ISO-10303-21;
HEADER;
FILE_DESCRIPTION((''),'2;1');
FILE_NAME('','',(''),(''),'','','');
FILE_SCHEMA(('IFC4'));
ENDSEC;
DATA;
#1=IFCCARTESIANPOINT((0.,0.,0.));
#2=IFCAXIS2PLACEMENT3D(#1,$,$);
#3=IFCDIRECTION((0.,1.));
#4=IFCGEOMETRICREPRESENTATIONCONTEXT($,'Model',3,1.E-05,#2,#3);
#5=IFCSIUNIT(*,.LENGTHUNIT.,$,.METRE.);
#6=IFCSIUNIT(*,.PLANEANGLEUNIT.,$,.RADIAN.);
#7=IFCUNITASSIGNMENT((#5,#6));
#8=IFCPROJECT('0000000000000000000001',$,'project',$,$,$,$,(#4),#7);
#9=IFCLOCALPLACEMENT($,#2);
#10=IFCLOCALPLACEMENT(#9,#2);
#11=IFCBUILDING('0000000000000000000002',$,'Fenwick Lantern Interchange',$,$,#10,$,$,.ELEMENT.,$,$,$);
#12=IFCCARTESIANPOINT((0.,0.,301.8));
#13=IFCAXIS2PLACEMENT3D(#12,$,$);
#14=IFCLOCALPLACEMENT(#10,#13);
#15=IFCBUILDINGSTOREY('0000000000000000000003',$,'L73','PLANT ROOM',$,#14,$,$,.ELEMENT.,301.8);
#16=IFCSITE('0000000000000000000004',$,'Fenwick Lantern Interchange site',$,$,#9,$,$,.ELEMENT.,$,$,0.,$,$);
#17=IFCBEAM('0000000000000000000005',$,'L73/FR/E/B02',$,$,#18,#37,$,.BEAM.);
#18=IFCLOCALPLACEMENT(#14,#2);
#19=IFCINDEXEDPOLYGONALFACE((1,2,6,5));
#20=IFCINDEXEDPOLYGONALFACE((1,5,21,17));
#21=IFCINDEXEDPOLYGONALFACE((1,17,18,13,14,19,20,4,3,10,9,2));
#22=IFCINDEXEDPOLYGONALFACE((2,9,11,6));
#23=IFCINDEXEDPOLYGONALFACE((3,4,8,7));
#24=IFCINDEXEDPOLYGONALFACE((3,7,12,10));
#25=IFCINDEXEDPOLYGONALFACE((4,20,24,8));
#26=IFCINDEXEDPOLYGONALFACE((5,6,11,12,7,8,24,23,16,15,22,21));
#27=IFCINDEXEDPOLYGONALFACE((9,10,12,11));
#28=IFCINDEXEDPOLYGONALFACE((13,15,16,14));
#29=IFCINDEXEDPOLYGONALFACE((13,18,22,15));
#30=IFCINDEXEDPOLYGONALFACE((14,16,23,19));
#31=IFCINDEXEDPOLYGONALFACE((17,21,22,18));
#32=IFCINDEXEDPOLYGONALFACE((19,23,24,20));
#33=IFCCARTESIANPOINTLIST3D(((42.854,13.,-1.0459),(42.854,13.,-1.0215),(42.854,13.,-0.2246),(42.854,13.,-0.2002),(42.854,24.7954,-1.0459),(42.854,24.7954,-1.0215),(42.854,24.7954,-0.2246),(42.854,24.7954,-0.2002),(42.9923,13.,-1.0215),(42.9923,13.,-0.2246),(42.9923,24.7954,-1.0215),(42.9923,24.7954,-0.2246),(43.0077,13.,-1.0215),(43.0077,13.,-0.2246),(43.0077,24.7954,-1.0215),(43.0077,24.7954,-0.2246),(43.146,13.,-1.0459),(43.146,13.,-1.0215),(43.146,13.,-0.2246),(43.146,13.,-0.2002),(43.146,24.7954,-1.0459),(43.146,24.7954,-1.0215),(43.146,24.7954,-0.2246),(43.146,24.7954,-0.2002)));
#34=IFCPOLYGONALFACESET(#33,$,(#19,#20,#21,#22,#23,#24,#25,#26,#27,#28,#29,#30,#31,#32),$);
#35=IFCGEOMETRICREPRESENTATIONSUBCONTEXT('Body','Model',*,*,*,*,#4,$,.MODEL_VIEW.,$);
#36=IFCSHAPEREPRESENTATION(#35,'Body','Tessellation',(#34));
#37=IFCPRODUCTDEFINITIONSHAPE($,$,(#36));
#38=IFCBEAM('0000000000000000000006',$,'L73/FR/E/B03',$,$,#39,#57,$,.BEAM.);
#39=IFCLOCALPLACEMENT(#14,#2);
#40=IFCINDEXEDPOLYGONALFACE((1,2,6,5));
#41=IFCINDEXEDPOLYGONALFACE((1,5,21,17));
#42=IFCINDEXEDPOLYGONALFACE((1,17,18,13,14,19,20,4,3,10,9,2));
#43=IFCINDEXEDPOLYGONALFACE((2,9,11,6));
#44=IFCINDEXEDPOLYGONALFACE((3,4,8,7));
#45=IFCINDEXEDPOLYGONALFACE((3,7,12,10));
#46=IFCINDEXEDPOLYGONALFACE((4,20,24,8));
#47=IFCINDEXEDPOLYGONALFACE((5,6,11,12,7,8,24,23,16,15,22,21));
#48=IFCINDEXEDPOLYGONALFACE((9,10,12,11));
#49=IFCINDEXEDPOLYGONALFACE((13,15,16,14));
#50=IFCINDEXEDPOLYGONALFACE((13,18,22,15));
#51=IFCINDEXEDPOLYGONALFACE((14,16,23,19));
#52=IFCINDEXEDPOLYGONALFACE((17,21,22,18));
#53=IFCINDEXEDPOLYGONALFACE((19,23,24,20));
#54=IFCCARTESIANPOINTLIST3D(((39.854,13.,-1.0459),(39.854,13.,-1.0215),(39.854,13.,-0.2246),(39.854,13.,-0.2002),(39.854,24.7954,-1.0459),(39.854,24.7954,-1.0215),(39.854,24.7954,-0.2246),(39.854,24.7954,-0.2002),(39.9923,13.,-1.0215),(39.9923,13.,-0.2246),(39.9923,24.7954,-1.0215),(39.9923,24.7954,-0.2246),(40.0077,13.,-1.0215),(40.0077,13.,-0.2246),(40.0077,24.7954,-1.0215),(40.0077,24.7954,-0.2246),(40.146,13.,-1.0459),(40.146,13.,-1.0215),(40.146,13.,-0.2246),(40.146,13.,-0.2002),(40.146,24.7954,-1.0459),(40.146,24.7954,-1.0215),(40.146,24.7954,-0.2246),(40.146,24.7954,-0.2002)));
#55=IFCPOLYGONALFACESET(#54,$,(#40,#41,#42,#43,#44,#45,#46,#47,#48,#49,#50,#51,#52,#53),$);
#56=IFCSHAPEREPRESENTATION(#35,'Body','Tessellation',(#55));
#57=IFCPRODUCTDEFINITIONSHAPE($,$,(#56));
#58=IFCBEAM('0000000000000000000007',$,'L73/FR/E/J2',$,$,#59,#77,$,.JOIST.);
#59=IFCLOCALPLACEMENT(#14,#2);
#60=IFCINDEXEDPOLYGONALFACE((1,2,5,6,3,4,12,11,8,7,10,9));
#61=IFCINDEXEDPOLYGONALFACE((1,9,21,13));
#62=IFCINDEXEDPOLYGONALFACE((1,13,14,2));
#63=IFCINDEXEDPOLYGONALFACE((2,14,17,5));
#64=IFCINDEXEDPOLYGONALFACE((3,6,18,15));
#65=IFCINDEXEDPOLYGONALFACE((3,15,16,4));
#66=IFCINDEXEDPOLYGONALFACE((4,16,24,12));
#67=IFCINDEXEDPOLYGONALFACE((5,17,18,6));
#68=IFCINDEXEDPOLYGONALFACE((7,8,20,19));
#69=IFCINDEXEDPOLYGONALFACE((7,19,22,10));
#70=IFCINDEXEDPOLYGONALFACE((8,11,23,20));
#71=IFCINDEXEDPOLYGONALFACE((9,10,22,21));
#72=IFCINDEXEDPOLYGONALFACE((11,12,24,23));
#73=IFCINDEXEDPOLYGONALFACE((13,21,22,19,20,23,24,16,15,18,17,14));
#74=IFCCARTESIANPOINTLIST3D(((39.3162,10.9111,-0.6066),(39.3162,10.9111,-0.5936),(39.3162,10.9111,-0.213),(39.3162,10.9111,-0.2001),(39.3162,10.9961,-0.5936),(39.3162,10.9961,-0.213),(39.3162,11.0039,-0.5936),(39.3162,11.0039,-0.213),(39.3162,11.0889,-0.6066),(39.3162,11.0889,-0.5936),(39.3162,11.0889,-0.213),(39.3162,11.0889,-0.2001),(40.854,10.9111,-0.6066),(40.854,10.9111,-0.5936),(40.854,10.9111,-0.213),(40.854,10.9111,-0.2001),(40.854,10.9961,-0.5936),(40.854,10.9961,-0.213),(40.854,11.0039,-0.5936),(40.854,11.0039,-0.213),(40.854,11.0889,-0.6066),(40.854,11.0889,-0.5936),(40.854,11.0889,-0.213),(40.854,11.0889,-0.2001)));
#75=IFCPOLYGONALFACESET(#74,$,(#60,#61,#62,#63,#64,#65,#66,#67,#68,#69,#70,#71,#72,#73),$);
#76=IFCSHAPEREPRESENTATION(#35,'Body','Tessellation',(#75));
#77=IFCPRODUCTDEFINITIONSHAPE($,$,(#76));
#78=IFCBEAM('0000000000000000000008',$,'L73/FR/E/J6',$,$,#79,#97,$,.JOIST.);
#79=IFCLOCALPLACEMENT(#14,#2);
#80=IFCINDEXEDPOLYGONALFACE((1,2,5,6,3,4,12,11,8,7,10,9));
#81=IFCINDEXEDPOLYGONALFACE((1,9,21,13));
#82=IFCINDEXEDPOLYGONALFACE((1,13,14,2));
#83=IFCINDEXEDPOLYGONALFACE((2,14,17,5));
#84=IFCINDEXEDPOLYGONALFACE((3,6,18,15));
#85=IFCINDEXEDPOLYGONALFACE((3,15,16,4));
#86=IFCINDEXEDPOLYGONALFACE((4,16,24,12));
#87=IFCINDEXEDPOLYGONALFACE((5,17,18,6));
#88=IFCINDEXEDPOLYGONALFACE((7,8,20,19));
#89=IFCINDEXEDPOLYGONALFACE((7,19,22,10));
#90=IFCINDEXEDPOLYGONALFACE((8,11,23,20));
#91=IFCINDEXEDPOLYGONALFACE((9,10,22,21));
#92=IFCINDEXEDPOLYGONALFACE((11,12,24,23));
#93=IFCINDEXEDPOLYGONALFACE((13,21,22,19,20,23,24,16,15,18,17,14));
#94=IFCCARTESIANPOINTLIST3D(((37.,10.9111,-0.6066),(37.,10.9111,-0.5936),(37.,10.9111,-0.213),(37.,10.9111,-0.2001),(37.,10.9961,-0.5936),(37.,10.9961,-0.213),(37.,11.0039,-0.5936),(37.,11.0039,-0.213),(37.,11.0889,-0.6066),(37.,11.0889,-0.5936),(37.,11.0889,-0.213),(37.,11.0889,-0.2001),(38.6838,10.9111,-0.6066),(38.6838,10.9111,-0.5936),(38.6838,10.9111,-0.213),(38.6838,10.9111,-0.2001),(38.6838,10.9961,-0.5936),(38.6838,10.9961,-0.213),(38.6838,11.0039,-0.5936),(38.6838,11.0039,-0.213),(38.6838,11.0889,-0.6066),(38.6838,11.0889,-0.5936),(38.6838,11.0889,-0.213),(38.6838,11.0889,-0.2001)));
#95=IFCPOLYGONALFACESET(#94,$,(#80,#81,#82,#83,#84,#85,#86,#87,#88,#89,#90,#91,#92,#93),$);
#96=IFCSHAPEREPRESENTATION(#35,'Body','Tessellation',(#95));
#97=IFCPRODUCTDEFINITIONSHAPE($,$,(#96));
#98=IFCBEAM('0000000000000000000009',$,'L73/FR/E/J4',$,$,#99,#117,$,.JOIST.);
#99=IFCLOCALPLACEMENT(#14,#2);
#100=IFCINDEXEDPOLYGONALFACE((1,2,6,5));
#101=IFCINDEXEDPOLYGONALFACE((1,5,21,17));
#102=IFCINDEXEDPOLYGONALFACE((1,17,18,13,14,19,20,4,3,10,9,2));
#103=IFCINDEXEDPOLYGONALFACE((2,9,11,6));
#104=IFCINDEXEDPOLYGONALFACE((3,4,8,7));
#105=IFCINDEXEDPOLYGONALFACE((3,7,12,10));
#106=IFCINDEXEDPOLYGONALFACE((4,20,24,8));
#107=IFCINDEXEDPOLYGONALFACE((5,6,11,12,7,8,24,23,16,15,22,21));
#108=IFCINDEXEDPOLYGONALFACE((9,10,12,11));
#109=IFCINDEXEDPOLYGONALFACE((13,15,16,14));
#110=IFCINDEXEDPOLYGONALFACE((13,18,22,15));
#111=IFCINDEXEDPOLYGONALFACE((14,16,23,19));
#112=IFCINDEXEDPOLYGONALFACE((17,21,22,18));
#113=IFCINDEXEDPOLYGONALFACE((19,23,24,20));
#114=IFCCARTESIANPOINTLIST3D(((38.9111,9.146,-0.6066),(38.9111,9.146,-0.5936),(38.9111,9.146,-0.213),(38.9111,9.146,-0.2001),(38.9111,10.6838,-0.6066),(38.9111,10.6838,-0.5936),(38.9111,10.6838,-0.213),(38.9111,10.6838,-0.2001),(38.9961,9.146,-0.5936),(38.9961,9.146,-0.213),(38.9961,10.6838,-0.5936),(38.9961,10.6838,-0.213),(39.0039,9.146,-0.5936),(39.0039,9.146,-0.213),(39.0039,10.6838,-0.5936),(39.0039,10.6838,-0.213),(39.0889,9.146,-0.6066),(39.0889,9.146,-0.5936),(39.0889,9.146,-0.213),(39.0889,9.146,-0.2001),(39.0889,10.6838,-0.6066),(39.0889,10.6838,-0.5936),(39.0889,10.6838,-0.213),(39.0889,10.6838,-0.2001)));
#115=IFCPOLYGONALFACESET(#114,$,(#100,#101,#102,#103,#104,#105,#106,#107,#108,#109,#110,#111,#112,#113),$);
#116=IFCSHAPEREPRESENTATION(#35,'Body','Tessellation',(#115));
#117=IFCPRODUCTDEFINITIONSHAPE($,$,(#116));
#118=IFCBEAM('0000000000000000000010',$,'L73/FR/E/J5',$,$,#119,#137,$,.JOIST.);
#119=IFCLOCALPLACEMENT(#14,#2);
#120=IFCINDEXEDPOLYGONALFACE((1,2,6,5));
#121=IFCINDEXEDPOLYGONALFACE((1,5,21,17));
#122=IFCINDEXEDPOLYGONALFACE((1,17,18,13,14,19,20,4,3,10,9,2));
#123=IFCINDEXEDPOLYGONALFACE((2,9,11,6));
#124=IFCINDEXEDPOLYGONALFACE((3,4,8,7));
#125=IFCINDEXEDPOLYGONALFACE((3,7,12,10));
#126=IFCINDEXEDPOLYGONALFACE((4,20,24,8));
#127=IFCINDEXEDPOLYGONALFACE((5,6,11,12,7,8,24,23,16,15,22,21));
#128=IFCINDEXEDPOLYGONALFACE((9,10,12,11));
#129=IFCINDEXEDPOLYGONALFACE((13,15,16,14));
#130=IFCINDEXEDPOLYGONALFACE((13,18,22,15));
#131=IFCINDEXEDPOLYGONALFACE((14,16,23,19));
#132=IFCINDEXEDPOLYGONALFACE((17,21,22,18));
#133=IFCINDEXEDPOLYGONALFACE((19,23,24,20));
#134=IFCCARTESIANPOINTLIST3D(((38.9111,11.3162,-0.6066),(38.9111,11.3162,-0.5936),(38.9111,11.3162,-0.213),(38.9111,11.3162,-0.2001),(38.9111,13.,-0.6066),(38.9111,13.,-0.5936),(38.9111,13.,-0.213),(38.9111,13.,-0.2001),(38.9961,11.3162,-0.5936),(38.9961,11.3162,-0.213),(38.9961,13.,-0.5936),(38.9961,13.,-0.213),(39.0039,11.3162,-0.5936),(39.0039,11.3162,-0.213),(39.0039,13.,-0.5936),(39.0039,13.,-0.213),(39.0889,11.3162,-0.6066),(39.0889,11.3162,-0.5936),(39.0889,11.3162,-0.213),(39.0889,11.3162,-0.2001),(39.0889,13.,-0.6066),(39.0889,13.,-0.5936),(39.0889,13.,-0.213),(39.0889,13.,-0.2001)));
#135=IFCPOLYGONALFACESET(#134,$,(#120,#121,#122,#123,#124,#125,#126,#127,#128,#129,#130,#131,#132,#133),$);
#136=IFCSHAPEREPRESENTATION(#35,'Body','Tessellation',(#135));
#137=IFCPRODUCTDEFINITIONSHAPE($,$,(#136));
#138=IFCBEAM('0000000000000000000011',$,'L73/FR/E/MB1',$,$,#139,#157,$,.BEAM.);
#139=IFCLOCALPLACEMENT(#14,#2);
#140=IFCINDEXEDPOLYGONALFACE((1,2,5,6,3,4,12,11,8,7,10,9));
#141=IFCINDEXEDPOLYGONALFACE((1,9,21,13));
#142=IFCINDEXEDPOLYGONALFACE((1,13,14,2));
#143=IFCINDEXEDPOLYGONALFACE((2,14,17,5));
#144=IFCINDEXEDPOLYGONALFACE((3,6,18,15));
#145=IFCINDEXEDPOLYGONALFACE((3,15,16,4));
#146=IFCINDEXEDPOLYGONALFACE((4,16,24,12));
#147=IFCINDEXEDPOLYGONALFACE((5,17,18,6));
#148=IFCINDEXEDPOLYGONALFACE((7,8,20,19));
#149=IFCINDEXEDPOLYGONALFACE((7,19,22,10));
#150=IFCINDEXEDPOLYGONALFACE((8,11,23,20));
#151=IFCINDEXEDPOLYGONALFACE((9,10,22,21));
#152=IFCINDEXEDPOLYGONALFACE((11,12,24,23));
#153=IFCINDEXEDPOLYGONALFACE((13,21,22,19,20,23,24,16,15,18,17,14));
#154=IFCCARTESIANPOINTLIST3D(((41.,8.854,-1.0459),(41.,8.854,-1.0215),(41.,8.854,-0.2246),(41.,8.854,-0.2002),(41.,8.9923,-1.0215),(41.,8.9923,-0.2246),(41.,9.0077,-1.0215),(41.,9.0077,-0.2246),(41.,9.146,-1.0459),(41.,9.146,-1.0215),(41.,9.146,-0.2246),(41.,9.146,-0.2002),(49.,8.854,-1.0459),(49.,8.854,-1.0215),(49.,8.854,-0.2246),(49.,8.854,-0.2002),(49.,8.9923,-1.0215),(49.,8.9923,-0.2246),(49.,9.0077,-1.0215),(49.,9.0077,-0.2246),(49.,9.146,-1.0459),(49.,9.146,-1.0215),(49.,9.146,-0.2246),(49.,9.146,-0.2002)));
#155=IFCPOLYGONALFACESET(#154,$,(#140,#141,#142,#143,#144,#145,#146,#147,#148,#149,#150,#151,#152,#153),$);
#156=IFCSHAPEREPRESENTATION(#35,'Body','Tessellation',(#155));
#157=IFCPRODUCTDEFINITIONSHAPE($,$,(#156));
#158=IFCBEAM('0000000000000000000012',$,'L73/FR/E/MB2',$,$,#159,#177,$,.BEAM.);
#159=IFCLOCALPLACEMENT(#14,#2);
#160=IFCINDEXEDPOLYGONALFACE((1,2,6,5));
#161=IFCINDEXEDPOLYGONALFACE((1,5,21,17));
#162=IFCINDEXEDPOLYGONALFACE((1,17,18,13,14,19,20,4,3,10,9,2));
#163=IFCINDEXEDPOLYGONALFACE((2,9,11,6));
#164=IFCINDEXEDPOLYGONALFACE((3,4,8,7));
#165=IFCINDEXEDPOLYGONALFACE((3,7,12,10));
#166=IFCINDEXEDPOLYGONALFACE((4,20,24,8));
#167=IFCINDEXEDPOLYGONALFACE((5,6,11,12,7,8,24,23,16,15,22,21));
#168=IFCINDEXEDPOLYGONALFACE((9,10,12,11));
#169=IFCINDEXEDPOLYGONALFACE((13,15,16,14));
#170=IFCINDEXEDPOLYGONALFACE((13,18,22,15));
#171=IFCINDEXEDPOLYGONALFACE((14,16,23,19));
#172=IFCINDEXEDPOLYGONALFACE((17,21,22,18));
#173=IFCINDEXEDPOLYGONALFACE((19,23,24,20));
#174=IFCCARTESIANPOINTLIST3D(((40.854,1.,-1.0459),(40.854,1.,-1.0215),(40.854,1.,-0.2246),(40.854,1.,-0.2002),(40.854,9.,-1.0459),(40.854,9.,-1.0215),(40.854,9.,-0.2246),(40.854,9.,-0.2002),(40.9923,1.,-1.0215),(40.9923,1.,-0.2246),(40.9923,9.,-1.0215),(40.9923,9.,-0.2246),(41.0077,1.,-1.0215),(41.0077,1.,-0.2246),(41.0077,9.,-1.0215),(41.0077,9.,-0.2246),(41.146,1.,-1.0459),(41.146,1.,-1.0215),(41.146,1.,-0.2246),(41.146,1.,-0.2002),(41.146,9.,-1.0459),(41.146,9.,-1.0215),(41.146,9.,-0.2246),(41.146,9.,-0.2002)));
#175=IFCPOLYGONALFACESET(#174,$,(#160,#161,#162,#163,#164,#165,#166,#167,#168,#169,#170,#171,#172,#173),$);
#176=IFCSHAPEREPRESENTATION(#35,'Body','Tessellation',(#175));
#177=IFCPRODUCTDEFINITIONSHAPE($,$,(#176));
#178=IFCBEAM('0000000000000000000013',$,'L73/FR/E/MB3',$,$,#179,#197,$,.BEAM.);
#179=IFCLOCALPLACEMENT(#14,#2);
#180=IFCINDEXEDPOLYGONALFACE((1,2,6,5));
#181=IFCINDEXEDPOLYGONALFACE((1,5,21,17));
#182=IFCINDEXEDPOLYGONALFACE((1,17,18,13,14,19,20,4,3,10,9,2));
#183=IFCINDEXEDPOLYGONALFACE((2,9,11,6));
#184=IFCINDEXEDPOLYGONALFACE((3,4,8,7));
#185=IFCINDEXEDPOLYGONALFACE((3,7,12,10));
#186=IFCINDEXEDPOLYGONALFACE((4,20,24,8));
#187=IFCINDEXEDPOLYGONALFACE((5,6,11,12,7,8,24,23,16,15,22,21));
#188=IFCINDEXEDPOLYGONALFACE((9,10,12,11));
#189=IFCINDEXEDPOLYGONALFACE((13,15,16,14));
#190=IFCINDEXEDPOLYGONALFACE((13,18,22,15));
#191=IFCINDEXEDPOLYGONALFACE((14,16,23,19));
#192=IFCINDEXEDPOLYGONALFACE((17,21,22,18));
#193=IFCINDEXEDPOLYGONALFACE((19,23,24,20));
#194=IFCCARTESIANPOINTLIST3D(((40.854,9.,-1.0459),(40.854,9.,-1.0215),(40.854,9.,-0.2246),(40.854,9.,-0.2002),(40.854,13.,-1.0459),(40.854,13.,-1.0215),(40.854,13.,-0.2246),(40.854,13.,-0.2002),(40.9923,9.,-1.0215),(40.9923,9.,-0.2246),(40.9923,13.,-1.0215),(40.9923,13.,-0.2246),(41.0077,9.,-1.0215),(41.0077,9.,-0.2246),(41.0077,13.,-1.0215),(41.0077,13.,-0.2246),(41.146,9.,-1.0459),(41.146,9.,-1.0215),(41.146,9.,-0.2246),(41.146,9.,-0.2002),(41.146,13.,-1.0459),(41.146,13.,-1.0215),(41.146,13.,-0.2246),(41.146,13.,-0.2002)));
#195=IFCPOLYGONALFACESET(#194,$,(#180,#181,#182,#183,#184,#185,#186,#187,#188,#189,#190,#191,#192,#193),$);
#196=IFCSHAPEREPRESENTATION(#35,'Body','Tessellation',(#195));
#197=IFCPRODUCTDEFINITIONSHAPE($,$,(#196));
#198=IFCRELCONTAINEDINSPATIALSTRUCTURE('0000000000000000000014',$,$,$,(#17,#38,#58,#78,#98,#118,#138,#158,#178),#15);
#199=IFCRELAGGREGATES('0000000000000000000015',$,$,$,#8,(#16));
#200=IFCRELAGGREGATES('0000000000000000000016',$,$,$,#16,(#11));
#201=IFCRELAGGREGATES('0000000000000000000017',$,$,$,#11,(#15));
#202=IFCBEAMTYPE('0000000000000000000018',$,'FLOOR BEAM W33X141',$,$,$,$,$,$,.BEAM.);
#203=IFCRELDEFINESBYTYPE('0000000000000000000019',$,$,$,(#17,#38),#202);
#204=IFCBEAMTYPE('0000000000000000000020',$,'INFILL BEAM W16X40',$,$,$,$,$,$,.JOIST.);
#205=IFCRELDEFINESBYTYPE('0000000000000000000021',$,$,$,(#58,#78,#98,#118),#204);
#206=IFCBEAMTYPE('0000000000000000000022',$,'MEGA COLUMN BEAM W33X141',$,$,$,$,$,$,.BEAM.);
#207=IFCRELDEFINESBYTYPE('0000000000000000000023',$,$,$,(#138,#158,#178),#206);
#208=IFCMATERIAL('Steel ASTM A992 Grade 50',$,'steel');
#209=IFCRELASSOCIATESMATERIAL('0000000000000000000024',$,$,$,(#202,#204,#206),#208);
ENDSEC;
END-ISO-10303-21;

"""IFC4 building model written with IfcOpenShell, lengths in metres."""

from ifc_helpers import new_model, si_unit, direction, frame, origin, origin_2d, place, context, subcontext, project, spatial, i_section, extrude, material, material_profile, profile_set, type_object, element, save


model = new_model("IFC4")

# Units and contexts
model_context = context("Model", 3, precision=1e-05, world=origin(), true_north=direction((0.0, 1.0)))
body_context = subcontext(model_context, "Body", "Model", "MODEL_VIEW")
ifc_project = project(units=[si_unit("LENGTHUNIT", "METRE"), si_unit("PLANEANGLEUNIT", "RADIAN")], contexts=[model_context])

# Site, building, storey
site_placement = place(None, origin())
site = spatial("IfcSite", under=ifc_project, at=site_placement, Name="Fenwick Lantern Interchange site", CompositionType="ELEMENT", RefElevation=0.0)
building_placement = place(site_placement, origin())
building = spatial("IfcBuilding", under=site, at=building_placement, Name="Fenwick Lantern Interchange", CompositionType="ELEMENT")
storey_placement = place(building_placement, frame((0.0, 0.0, 301.8)))
storey = spatial("IfcBuildingStorey", under=building, at=storey_placement, Name="L73", Description="PLANT ROOM", CompositionType="ELEMENT", Elevation=301.8)

# Beams
ifc_material_1 = material(Name="Steel ASTM A992 Grade 50", Category="steel")
ifc_material_profile_1 = material_profile(ifc_material_1, i_section(OverallWidth=0.292, OverallDepth=0.8457, WebThickness=0.0154, FlangeThickness=0.0244, at=origin_2d()), Name="W33X141")
ifc_profile_set_1 = profile_set([ifc_material_profile_1], Name="Steel ASTM A992 Grade 50")
beam_type_1 = type_object("IfcBeamType", Name="FLOOR BEAM W33X141", PredefinedType="BEAM", material=ifc_profile_set_1)
for number, where, z_axis, x_axis, name in (
    (1, (43.0, 13.0, -0.623), (0.0, 1.0, 0.0), (-1.0, 0.0, 0.0), "L73/FR/E/B02"),
    (2, (40.0, 13.0, -0.623), (0.0, 1.0, 0.0), (-1.0, 0.0, 0.0), "L73/FR/E/B03"),
):
    element("IfcBeam", number, at=place(storey_placement, frame(where, z_axis=z_axis, x_axis=x_axis)), inside=storey, type_object=beam_type_1, Name=name, PredefinedType="BEAM", context=body_context, shape_type="SweptSolid", body=[
        extrude(i_section(OverallWidth=0.292, OverallDepth=0.8457, WebThickness=0.0154, FlangeThickness=0.0244, at=origin_2d()), origin(), (0.0, 0.0, 1.0), 11.7954),
    ])
ifc_material_profile_2 = material_profile(ifc_material_1, i_section(OverallWidth=0.1777, OverallDepth=0.4065, WebThickness=0.0078, FlangeThickness=0.0129, at=origin_2d()), Name="W16X40")
ifc_profile_set_2 = profile_set([ifc_material_profile_2], Name="Steel ASTM A992 Grade 50")
beam_type_2 = type_object("IfcBeamType", Name="INFILL BEAM W16X40", PredefinedType="JOIST", material=ifc_profile_set_2)
beam_1_placement = place(storey_placement, frame((40.854, 11.0, -0.4033), z_axis=(-1.0, 0.0, 0.0), x_axis=(0.0, -1.0, 0.0)))
element("IfcBeam", 3, at=beam_1_placement, inside=storey, type_object=beam_type_2, Name="L73/FR/E/J2", PredefinedType="JOIST", context=body_context, shape_type="SweptSolid", body=[
    extrude(i_section(OverallWidth=0.1777, OverallDepth=0.4065, WebThickness=0.0078, FlangeThickness=0.0129, at=origin_2d()), origin(), (0.0, 0.0, 1.0), 1.5378),
])
beam_2_placement = place(storey_placement, frame((38.6838, 11.0, -0.4033), z_axis=(-1.0, 0.0, 0.0), x_axis=(0.0, -1.0, 0.0)))
element("IfcBeam", 4, at=beam_2_placement, inside=storey, type_object=beam_type_2, Name="L73/FR/E/J6", PredefinedType="JOIST", context=body_context, shape_type="SweptSolid", body=[
    extrude(i_section(OverallWidth=0.1777, OverallDepth=0.4065, WebThickness=0.0078, FlangeThickness=0.0129, at=origin_2d()), origin(), (0.0, 0.0, 1.0), 1.6838),
])
beam_3_placement = place(storey_placement, frame((39.0, 9.146, -0.4033), z_axis=(0.0, 1.0, 0.0), x_axis=(-1.0, 0.0, 0.0)))
element("IfcBeam", 5, at=beam_3_placement, inside=storey, type_object=beam_type_2, Name="L73/FR/E/J4", PredefinedType="JOIST", context=body_context, shape_type="SweptSolid", body=[
    extrude(i_section(OverallWidth=0.1777, OverallDepth=0.4065, WebThickness=0.0078, FlangeThickness=0.0129, at=origin_2d()), origin(), (0.0, 0.0, 1.0), 1.5378),
])
beam_4_placement = place(storey_placement, frame((39.0, 11.3162, -0.4033), z_axis=(0.0, 1.0, 0.0), x_axis=(-1.0, 0.0, 0.0)))
element("IfcBeam", 6, at=beam_4_placement, inside=storey, type_object=beam_type_2, Name="L73/FR/E/J5", PredefinedType="JOIST", context=body_context, shape_type="SweptSolid", body=[
    extrude(i_section(OverallWidth=0.1777, OverallDepth=0.4065, WebThickness=0.0078, FlangeThickness=0.0129, at=origin_2d()), origin(), (0.0, 0.0, 1.0), 1.6838),
])
ifc_material_profile_3 = material_profile(ifc_material_1, i_section(OverallWidth=0.292, OverallDepth=0.8457, WebThickness=0.0154, FlangeThickness=0.0244, at=origin_2d()), Name="W33X141")
ifc_profile_set_3 = profile_set([ifc_material_profile_3], Name="Steel ASTM A992 Grade 50")
beam_type_3 = type_object("IfcBeamType", Name="MEGA COLUMN BEAM W33X141", PredefinedType="BEAM", material=ifc_profile_set_3)
for number, where, z_axis, x_axis, name in (
    (7, (41.0, 9.0, -0.623), (1.0, 0.0, 0.0), (0.0, 1.0, 0.0), "L73/FR/E/MB1"),
    (8, (41.0, 9.0, -0.623), (0.0, -1.0, 0.0), (1.0, 0.0, 0.0), "L73/FR/E/MB2"),
):
    element("IfcBeam", number, at=place(storey_placement, frame(where, z_axis=z_axis, x_axis=x_axis)), inside=storey, type_object=beam_type_3, Name=name, PredefinedType="BEAM", context=body_context, shape_type="SweptSolid", body=[
        extrude(i_section(OverallWidth=0.292, OverallDepth=0.8457, WebThickness=0.0154, FlangeThickness=0.0244, at=origin_2d()), origin(), (0.0, 0.0, 1.0), 8.0),
    ])
for number, where, z_axis, x_axis, name in (
    (9, (41.0, 9.0, -0.623), (0.0, 1.0, 0.0), (-1.0, 0.0, 0.0), "L73/FR/E/MB3"),
):
    element("IfcBeam", number, at=place(storey_placement, frame(where, z_axis=z_axis, x_axis=x_axis)), inside=storey, type_object=beam_type_3, Name=name, PredefinedType="BEAM", context=body_context, shape_type="SweptSolid", body=[
        extrude(i_section(OverallWidth=0.292, OverallDepth=0.8457, WebThickness=0.0154, FlangeThickness=0.0244, at=origin_2d()), origin(), (0.0, 0.0, 1.0), 4.0),
    ])

save(model, "model.ifc")
